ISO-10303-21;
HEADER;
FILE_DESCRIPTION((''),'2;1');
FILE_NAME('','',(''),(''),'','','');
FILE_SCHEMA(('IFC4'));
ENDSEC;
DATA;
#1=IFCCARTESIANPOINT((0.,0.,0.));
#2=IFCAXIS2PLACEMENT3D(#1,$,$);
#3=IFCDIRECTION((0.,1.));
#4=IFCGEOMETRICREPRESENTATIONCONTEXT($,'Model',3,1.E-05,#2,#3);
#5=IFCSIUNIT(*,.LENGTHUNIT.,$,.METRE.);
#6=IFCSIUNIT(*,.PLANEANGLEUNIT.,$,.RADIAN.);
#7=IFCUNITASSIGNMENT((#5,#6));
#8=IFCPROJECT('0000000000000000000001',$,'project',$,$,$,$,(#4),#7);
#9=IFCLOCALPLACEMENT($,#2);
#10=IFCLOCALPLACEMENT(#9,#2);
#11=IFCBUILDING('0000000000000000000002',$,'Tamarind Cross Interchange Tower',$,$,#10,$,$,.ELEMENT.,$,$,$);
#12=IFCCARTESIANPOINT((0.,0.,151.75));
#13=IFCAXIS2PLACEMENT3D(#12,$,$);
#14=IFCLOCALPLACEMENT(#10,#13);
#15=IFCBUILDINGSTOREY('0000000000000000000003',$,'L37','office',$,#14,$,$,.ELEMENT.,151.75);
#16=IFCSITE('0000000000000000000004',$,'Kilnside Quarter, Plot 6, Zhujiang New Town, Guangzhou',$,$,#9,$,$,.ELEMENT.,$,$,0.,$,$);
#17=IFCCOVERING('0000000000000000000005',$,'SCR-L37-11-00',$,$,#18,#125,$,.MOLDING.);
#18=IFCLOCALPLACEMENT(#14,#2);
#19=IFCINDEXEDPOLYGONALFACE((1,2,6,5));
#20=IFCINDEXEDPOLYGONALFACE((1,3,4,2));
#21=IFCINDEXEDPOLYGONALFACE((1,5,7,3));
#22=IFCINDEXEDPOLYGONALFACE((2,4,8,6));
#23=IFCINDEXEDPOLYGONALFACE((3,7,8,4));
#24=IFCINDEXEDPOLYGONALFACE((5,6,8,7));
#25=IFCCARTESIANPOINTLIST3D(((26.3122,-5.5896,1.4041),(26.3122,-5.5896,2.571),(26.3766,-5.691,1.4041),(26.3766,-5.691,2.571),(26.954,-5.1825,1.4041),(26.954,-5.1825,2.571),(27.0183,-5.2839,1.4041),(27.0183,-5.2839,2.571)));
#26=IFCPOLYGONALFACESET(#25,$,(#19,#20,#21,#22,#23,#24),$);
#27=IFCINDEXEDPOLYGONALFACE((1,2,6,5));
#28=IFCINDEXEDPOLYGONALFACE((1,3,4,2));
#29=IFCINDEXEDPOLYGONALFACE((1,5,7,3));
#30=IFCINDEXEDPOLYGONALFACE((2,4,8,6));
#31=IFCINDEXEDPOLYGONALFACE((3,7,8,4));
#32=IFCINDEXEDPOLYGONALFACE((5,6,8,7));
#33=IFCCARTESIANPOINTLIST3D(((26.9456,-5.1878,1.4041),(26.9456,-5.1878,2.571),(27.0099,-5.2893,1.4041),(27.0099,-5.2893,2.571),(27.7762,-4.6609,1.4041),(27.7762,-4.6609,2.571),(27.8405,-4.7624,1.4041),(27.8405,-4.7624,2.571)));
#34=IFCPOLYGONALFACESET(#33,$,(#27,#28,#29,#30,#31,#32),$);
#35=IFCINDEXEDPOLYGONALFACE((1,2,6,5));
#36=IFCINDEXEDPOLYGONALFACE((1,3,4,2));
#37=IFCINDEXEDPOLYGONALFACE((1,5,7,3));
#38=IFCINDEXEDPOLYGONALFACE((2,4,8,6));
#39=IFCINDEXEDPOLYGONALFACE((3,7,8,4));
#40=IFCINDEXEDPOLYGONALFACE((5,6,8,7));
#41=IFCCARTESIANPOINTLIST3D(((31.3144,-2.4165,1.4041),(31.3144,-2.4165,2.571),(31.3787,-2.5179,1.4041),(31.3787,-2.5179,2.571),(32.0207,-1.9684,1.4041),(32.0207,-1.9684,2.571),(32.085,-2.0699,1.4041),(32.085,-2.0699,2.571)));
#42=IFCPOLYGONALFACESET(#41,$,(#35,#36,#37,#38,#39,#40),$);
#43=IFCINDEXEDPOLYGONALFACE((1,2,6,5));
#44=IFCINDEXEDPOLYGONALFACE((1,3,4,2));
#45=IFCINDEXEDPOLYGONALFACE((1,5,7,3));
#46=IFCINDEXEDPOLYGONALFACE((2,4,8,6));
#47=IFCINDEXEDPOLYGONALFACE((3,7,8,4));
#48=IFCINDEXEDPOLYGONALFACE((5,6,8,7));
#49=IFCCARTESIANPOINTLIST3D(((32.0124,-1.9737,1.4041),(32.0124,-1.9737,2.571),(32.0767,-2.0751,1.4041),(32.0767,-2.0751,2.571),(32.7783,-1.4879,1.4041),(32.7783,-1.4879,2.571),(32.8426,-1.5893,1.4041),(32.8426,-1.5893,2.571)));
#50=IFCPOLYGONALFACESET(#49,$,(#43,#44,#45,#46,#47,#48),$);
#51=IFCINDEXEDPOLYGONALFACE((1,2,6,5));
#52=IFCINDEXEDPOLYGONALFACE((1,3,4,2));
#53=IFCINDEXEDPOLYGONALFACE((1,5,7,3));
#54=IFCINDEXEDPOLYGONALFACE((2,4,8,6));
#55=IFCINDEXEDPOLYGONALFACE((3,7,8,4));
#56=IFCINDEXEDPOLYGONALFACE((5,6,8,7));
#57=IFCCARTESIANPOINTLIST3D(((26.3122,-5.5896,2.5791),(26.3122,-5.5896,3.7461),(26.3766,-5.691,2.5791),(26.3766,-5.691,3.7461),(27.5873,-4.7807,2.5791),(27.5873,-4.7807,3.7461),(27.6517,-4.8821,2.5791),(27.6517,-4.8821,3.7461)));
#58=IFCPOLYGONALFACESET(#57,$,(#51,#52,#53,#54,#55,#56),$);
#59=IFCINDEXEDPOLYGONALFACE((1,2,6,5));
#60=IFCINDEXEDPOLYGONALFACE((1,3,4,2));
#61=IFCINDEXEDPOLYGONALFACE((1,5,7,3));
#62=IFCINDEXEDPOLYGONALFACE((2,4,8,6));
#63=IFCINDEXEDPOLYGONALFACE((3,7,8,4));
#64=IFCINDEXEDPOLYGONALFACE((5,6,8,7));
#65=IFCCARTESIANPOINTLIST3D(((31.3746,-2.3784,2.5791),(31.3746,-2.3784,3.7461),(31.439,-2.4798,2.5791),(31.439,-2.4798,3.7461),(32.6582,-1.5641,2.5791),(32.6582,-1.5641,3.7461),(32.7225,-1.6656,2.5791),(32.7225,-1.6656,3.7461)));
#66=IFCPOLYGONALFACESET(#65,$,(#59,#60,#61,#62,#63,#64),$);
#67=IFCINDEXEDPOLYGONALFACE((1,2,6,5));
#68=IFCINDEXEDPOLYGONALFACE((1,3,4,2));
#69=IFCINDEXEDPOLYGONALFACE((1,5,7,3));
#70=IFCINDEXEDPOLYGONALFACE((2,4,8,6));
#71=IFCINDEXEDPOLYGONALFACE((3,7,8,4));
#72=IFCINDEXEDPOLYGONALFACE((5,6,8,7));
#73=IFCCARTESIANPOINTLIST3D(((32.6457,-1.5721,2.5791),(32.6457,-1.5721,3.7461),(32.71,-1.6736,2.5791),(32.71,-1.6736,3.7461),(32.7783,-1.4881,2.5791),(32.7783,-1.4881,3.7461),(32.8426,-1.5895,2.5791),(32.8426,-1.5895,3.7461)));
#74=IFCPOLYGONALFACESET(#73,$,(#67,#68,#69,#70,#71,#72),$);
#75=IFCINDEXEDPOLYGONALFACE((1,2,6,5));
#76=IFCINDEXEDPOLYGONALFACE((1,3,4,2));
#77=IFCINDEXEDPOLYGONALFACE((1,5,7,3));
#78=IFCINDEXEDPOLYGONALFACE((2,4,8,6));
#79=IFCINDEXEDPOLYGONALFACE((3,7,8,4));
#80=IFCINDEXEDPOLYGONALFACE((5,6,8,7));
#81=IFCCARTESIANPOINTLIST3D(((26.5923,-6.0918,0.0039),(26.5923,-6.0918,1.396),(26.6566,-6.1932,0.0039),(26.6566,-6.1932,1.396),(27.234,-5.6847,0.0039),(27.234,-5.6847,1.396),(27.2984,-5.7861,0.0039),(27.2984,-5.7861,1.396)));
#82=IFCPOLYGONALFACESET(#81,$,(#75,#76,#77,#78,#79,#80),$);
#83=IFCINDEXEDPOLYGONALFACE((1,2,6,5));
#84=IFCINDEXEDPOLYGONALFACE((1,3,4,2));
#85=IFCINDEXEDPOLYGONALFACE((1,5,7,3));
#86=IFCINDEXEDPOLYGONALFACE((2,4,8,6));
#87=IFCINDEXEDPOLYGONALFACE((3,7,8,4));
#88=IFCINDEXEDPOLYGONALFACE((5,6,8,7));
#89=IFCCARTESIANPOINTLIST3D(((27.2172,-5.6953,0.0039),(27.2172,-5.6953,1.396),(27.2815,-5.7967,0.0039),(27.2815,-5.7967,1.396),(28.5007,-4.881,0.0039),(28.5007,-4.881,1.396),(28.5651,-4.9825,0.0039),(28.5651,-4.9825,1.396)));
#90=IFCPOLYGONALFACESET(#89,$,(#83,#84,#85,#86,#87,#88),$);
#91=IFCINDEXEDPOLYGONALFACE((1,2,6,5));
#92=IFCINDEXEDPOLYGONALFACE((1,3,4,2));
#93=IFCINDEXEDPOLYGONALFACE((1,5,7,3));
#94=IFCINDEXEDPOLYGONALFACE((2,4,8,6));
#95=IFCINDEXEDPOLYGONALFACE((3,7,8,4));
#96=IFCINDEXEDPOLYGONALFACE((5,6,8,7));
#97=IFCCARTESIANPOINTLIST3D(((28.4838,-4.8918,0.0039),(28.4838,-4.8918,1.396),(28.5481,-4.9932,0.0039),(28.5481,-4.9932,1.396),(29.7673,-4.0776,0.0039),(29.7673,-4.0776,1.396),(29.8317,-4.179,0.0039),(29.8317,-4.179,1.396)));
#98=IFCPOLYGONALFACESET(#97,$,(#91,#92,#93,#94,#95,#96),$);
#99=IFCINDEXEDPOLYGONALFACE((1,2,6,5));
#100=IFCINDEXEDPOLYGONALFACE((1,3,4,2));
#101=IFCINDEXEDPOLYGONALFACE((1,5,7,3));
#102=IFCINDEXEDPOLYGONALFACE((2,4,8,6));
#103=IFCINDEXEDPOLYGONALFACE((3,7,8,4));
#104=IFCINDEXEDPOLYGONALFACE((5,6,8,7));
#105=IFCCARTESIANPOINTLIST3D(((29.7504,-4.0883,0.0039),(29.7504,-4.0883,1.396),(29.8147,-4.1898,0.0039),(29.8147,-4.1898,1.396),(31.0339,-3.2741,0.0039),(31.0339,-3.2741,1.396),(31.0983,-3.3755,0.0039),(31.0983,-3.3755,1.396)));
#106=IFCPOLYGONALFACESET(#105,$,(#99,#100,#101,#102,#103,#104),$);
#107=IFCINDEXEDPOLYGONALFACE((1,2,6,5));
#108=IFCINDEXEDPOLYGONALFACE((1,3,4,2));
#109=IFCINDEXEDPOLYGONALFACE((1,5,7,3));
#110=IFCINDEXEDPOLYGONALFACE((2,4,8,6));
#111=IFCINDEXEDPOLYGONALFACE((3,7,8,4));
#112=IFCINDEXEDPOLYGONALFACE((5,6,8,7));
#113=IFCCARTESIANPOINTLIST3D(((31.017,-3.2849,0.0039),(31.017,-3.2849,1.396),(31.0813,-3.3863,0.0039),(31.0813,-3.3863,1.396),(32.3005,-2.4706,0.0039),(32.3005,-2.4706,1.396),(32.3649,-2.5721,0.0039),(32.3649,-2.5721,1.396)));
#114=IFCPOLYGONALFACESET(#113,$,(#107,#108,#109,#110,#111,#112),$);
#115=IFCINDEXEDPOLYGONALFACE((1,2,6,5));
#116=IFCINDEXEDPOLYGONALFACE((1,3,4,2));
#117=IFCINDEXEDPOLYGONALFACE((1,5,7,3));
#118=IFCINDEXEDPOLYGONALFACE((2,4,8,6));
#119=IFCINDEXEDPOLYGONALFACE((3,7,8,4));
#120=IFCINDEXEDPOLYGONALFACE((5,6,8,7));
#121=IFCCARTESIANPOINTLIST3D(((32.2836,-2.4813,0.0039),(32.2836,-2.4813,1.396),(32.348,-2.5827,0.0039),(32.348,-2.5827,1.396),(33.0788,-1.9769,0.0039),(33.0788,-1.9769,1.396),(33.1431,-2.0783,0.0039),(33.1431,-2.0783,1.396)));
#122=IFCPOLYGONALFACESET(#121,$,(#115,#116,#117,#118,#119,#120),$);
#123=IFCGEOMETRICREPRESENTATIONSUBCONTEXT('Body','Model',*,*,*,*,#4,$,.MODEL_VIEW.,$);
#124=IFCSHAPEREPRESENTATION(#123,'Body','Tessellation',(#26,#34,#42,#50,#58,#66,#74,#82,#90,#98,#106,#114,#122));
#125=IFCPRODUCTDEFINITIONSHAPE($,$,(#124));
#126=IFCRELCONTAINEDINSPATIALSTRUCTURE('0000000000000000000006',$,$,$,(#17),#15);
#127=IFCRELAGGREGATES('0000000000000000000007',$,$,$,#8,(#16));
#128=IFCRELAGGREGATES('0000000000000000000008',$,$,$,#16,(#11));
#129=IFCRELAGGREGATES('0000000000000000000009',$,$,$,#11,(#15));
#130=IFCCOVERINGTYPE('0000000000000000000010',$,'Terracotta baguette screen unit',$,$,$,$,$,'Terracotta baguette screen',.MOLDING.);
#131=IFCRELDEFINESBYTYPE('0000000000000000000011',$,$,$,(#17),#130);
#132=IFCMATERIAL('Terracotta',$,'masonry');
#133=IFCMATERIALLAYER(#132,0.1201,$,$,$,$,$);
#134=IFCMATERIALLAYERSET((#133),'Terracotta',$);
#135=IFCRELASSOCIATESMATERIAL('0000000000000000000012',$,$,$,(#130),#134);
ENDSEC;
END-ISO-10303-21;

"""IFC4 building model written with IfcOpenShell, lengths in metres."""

from ifc_helpers import new_model, si_unit, direction, frame, origin, origin_2d, place, context, subcontext, project, spatial, rectangle, extrude, material, layer, layer_set, type_object, element, save


model = new_model("IFC4")

# Units and contexts
model_context = context("Model", 3, precision=1e-05, world=origin(), true_north=direction((0.0, 1.0)))
body_context = subcontext(model_context, "Body", "Model", "MODEL_VIEW")
ifc_project = project(units=[si_unit("LENGTHUNIT", "METRE"), si_unit("PLANEANGLEUNIT", "RADIAN")], contexts=[model_context])

# Site, building, storey
site_placement = place(None, origin())
site = spatial("IfcSite", under=ifc_project, at=site_placement, Name="Kilnside Quarter, Plot 6, Zhujiang New Town, Guangzhou", CompositionType="ELEMENT", RefElevation=0.0)
building_placement = place(site_placement, origin())
building = spatial("IfcBuilding", under=site, at=building_placement, Name="Tamarind Cross Interchange Tower", CompositionType="ELEMENT")
storey_placement = place(building_placement, frame((0.0, 0.0, 151.75)))
storey = spatial("IfcBuildingStorey", under=building, at=storey_placement, Name="L37", Description="office", CompositionType="ELEMENT", Elevation=151.75)

# Covering
ifc_material_1 = material(Name="Terracotta", Category="masonry")
ifc_layer_1 = layer(ifc_material_1, 0.1201)
ifc_layer_set_1 = layer_set([ifc_layer_1], Name="Terracotta")
covering_type = type_object("IfcCoveringType", Name="Terracotta baguette screen unit", ElementType="Terracotta baguette screen", PredefinedType="MOLDING", material=ifc_layer_set_1)
covering_1_placement = place(storey_placement, origin())
element("IfcCovering", 1, at=covering_1_placement, inside=storey, type_object=covering_type, Name="SCR-L37-11-00", PredefinedType="MOLDING", context=body_context, shape_type="SweptSolid", body=[
    extrude(rectangle(XDim=0.76, YDim=0.1201, at=origin_2d()), frame((26.6653, -5.4368, 1.4041), z_axis=(0.0, 0.0, 1.0), x_axis=(0.844433, 0.535662, 0.0)), (0.0, 0.0, 1.0), 1.167),
    extrude(rectangle(XDim=0.9836, YDim=0.1201, at=origin_2d()), frame((27.3931, -4.9751, 1.4041), z_axis=(0.0, 0.0, 1.0), x_axis=(0.844433, 0.535662, 0.0)), (0.0, 0.0, 1.0), 1.167),
    extrude(rectangle(XDim=0.8364, YDim=0.1201, at=origin_2d()), frame((31.6997, -2.2432, 1.4041), z_axis=(0.0, 0.0, 1.0), x_axis=(0.844433, 0.535662, 0.0)), (0.0, 0.0, 1.0), 1.167),
    extrude(rectangle(XDim=0.907, YDim=0.1201, at=origin_2d()), frame((32.4275, -1.7815, 1.4041), z_axis=(0.0, 0.0, 1.0), x_axis=(0.844433, 0.535662, 0.0)), (0.0, 0.0, 1.0), 1.167),
    extrude(rectangle(XDim=1.51, YDim=0.1201, at=origin_2d()), frame((26.9819, -5.2358, 2.5791), z_axis=(0.0, 0.0, 1.0), x_axis=(0.844433, 0.535662, 0.0)), (0.0, 0.0, 1.0), 1.167),
    extrude(rectangle(XDim=1.52, YDim=0.1201, at=origin_2d()), frame((32.0486, -2.022, 2.5791), z_axis=(0.0, 0.0, 1.0), x_axis=(0.844433, 0.535662, 0.0)), (0.0, 0.0, 1.0), 1.167),
    extrude(rectangle(XDim=0.157, YDim=0.1201, at=origin_2d()), frame((32.7441, -1.5808, 2.5791), z_axis=(0.0, 0.0, 1.0), x_axis=(0.844433, 0.535662, 0.0)), (0.0, 0.0, 1.0), 1.167),
    extrude(rectangle(XDim=0.76, YDim=0.1201, at=origin_2d()), frame((26.9453, -5.939, 0.0039), z_axis=(0.0, 0.0, 1.0), x_axis=(0.844433, 0.535662, 0.0)), (0.0, 0.0, 1.0), 1.3921),
    extrude(rectangle(XDim=1.52, YDim=0.1201, at=origin_2d()), frame((27.8911, -5.3389, 0.0039), z_axis=(0.0, 0.0, 1.0), x_axis=(0.844433, 0.535662, 0.0)), (0.0, 0.0, 1.0), 1.3921),
    extrude(rectangle(XDim=1.52, YDim=0.1201, at=origin_2d()), frame((29.1577, -4.5354, 0.0039), z_axis=(0.0, 0.0, 1.0), x_axis=(0.844433, 0.535662, 0.0)), (0.0, 0.0, 1.0), 1.3921),
    extrude(rectangle(XDim=1.52, YDim=0.1201, at=origin_2d()), frame((30.4243, -3.7319, 0.0039), z_axis=(0.0, 0.0, 1.0), x_axis=(0.844433, 0.535662, 0.0)), (0.0, 0.0, 1.0), 1.3921),
    extrude(rectangle(XDim=1.52, YDim=0.1201, at=origin_2d()), frame((31.6909, -2.9285, 0.0039), z_axis=(0.0, 0.0, 1.0), x_axis=(0.844433, 0.535662, 0.0)), (0.0, 0.0, 1.0), 1.3921),
    extrude(rectangle(XDim=0.9417, YDim=0.1201, at=origin_2d()), frame((32.7134, -2.2798, 0.0039), z_axis=(0.0, 0.0, 1.0), x_axis=(0.844433, 0.535662, 0.0)), (0.0, 0.0, 1.0), 1.3921),
])

save(model, "model.ifc")
